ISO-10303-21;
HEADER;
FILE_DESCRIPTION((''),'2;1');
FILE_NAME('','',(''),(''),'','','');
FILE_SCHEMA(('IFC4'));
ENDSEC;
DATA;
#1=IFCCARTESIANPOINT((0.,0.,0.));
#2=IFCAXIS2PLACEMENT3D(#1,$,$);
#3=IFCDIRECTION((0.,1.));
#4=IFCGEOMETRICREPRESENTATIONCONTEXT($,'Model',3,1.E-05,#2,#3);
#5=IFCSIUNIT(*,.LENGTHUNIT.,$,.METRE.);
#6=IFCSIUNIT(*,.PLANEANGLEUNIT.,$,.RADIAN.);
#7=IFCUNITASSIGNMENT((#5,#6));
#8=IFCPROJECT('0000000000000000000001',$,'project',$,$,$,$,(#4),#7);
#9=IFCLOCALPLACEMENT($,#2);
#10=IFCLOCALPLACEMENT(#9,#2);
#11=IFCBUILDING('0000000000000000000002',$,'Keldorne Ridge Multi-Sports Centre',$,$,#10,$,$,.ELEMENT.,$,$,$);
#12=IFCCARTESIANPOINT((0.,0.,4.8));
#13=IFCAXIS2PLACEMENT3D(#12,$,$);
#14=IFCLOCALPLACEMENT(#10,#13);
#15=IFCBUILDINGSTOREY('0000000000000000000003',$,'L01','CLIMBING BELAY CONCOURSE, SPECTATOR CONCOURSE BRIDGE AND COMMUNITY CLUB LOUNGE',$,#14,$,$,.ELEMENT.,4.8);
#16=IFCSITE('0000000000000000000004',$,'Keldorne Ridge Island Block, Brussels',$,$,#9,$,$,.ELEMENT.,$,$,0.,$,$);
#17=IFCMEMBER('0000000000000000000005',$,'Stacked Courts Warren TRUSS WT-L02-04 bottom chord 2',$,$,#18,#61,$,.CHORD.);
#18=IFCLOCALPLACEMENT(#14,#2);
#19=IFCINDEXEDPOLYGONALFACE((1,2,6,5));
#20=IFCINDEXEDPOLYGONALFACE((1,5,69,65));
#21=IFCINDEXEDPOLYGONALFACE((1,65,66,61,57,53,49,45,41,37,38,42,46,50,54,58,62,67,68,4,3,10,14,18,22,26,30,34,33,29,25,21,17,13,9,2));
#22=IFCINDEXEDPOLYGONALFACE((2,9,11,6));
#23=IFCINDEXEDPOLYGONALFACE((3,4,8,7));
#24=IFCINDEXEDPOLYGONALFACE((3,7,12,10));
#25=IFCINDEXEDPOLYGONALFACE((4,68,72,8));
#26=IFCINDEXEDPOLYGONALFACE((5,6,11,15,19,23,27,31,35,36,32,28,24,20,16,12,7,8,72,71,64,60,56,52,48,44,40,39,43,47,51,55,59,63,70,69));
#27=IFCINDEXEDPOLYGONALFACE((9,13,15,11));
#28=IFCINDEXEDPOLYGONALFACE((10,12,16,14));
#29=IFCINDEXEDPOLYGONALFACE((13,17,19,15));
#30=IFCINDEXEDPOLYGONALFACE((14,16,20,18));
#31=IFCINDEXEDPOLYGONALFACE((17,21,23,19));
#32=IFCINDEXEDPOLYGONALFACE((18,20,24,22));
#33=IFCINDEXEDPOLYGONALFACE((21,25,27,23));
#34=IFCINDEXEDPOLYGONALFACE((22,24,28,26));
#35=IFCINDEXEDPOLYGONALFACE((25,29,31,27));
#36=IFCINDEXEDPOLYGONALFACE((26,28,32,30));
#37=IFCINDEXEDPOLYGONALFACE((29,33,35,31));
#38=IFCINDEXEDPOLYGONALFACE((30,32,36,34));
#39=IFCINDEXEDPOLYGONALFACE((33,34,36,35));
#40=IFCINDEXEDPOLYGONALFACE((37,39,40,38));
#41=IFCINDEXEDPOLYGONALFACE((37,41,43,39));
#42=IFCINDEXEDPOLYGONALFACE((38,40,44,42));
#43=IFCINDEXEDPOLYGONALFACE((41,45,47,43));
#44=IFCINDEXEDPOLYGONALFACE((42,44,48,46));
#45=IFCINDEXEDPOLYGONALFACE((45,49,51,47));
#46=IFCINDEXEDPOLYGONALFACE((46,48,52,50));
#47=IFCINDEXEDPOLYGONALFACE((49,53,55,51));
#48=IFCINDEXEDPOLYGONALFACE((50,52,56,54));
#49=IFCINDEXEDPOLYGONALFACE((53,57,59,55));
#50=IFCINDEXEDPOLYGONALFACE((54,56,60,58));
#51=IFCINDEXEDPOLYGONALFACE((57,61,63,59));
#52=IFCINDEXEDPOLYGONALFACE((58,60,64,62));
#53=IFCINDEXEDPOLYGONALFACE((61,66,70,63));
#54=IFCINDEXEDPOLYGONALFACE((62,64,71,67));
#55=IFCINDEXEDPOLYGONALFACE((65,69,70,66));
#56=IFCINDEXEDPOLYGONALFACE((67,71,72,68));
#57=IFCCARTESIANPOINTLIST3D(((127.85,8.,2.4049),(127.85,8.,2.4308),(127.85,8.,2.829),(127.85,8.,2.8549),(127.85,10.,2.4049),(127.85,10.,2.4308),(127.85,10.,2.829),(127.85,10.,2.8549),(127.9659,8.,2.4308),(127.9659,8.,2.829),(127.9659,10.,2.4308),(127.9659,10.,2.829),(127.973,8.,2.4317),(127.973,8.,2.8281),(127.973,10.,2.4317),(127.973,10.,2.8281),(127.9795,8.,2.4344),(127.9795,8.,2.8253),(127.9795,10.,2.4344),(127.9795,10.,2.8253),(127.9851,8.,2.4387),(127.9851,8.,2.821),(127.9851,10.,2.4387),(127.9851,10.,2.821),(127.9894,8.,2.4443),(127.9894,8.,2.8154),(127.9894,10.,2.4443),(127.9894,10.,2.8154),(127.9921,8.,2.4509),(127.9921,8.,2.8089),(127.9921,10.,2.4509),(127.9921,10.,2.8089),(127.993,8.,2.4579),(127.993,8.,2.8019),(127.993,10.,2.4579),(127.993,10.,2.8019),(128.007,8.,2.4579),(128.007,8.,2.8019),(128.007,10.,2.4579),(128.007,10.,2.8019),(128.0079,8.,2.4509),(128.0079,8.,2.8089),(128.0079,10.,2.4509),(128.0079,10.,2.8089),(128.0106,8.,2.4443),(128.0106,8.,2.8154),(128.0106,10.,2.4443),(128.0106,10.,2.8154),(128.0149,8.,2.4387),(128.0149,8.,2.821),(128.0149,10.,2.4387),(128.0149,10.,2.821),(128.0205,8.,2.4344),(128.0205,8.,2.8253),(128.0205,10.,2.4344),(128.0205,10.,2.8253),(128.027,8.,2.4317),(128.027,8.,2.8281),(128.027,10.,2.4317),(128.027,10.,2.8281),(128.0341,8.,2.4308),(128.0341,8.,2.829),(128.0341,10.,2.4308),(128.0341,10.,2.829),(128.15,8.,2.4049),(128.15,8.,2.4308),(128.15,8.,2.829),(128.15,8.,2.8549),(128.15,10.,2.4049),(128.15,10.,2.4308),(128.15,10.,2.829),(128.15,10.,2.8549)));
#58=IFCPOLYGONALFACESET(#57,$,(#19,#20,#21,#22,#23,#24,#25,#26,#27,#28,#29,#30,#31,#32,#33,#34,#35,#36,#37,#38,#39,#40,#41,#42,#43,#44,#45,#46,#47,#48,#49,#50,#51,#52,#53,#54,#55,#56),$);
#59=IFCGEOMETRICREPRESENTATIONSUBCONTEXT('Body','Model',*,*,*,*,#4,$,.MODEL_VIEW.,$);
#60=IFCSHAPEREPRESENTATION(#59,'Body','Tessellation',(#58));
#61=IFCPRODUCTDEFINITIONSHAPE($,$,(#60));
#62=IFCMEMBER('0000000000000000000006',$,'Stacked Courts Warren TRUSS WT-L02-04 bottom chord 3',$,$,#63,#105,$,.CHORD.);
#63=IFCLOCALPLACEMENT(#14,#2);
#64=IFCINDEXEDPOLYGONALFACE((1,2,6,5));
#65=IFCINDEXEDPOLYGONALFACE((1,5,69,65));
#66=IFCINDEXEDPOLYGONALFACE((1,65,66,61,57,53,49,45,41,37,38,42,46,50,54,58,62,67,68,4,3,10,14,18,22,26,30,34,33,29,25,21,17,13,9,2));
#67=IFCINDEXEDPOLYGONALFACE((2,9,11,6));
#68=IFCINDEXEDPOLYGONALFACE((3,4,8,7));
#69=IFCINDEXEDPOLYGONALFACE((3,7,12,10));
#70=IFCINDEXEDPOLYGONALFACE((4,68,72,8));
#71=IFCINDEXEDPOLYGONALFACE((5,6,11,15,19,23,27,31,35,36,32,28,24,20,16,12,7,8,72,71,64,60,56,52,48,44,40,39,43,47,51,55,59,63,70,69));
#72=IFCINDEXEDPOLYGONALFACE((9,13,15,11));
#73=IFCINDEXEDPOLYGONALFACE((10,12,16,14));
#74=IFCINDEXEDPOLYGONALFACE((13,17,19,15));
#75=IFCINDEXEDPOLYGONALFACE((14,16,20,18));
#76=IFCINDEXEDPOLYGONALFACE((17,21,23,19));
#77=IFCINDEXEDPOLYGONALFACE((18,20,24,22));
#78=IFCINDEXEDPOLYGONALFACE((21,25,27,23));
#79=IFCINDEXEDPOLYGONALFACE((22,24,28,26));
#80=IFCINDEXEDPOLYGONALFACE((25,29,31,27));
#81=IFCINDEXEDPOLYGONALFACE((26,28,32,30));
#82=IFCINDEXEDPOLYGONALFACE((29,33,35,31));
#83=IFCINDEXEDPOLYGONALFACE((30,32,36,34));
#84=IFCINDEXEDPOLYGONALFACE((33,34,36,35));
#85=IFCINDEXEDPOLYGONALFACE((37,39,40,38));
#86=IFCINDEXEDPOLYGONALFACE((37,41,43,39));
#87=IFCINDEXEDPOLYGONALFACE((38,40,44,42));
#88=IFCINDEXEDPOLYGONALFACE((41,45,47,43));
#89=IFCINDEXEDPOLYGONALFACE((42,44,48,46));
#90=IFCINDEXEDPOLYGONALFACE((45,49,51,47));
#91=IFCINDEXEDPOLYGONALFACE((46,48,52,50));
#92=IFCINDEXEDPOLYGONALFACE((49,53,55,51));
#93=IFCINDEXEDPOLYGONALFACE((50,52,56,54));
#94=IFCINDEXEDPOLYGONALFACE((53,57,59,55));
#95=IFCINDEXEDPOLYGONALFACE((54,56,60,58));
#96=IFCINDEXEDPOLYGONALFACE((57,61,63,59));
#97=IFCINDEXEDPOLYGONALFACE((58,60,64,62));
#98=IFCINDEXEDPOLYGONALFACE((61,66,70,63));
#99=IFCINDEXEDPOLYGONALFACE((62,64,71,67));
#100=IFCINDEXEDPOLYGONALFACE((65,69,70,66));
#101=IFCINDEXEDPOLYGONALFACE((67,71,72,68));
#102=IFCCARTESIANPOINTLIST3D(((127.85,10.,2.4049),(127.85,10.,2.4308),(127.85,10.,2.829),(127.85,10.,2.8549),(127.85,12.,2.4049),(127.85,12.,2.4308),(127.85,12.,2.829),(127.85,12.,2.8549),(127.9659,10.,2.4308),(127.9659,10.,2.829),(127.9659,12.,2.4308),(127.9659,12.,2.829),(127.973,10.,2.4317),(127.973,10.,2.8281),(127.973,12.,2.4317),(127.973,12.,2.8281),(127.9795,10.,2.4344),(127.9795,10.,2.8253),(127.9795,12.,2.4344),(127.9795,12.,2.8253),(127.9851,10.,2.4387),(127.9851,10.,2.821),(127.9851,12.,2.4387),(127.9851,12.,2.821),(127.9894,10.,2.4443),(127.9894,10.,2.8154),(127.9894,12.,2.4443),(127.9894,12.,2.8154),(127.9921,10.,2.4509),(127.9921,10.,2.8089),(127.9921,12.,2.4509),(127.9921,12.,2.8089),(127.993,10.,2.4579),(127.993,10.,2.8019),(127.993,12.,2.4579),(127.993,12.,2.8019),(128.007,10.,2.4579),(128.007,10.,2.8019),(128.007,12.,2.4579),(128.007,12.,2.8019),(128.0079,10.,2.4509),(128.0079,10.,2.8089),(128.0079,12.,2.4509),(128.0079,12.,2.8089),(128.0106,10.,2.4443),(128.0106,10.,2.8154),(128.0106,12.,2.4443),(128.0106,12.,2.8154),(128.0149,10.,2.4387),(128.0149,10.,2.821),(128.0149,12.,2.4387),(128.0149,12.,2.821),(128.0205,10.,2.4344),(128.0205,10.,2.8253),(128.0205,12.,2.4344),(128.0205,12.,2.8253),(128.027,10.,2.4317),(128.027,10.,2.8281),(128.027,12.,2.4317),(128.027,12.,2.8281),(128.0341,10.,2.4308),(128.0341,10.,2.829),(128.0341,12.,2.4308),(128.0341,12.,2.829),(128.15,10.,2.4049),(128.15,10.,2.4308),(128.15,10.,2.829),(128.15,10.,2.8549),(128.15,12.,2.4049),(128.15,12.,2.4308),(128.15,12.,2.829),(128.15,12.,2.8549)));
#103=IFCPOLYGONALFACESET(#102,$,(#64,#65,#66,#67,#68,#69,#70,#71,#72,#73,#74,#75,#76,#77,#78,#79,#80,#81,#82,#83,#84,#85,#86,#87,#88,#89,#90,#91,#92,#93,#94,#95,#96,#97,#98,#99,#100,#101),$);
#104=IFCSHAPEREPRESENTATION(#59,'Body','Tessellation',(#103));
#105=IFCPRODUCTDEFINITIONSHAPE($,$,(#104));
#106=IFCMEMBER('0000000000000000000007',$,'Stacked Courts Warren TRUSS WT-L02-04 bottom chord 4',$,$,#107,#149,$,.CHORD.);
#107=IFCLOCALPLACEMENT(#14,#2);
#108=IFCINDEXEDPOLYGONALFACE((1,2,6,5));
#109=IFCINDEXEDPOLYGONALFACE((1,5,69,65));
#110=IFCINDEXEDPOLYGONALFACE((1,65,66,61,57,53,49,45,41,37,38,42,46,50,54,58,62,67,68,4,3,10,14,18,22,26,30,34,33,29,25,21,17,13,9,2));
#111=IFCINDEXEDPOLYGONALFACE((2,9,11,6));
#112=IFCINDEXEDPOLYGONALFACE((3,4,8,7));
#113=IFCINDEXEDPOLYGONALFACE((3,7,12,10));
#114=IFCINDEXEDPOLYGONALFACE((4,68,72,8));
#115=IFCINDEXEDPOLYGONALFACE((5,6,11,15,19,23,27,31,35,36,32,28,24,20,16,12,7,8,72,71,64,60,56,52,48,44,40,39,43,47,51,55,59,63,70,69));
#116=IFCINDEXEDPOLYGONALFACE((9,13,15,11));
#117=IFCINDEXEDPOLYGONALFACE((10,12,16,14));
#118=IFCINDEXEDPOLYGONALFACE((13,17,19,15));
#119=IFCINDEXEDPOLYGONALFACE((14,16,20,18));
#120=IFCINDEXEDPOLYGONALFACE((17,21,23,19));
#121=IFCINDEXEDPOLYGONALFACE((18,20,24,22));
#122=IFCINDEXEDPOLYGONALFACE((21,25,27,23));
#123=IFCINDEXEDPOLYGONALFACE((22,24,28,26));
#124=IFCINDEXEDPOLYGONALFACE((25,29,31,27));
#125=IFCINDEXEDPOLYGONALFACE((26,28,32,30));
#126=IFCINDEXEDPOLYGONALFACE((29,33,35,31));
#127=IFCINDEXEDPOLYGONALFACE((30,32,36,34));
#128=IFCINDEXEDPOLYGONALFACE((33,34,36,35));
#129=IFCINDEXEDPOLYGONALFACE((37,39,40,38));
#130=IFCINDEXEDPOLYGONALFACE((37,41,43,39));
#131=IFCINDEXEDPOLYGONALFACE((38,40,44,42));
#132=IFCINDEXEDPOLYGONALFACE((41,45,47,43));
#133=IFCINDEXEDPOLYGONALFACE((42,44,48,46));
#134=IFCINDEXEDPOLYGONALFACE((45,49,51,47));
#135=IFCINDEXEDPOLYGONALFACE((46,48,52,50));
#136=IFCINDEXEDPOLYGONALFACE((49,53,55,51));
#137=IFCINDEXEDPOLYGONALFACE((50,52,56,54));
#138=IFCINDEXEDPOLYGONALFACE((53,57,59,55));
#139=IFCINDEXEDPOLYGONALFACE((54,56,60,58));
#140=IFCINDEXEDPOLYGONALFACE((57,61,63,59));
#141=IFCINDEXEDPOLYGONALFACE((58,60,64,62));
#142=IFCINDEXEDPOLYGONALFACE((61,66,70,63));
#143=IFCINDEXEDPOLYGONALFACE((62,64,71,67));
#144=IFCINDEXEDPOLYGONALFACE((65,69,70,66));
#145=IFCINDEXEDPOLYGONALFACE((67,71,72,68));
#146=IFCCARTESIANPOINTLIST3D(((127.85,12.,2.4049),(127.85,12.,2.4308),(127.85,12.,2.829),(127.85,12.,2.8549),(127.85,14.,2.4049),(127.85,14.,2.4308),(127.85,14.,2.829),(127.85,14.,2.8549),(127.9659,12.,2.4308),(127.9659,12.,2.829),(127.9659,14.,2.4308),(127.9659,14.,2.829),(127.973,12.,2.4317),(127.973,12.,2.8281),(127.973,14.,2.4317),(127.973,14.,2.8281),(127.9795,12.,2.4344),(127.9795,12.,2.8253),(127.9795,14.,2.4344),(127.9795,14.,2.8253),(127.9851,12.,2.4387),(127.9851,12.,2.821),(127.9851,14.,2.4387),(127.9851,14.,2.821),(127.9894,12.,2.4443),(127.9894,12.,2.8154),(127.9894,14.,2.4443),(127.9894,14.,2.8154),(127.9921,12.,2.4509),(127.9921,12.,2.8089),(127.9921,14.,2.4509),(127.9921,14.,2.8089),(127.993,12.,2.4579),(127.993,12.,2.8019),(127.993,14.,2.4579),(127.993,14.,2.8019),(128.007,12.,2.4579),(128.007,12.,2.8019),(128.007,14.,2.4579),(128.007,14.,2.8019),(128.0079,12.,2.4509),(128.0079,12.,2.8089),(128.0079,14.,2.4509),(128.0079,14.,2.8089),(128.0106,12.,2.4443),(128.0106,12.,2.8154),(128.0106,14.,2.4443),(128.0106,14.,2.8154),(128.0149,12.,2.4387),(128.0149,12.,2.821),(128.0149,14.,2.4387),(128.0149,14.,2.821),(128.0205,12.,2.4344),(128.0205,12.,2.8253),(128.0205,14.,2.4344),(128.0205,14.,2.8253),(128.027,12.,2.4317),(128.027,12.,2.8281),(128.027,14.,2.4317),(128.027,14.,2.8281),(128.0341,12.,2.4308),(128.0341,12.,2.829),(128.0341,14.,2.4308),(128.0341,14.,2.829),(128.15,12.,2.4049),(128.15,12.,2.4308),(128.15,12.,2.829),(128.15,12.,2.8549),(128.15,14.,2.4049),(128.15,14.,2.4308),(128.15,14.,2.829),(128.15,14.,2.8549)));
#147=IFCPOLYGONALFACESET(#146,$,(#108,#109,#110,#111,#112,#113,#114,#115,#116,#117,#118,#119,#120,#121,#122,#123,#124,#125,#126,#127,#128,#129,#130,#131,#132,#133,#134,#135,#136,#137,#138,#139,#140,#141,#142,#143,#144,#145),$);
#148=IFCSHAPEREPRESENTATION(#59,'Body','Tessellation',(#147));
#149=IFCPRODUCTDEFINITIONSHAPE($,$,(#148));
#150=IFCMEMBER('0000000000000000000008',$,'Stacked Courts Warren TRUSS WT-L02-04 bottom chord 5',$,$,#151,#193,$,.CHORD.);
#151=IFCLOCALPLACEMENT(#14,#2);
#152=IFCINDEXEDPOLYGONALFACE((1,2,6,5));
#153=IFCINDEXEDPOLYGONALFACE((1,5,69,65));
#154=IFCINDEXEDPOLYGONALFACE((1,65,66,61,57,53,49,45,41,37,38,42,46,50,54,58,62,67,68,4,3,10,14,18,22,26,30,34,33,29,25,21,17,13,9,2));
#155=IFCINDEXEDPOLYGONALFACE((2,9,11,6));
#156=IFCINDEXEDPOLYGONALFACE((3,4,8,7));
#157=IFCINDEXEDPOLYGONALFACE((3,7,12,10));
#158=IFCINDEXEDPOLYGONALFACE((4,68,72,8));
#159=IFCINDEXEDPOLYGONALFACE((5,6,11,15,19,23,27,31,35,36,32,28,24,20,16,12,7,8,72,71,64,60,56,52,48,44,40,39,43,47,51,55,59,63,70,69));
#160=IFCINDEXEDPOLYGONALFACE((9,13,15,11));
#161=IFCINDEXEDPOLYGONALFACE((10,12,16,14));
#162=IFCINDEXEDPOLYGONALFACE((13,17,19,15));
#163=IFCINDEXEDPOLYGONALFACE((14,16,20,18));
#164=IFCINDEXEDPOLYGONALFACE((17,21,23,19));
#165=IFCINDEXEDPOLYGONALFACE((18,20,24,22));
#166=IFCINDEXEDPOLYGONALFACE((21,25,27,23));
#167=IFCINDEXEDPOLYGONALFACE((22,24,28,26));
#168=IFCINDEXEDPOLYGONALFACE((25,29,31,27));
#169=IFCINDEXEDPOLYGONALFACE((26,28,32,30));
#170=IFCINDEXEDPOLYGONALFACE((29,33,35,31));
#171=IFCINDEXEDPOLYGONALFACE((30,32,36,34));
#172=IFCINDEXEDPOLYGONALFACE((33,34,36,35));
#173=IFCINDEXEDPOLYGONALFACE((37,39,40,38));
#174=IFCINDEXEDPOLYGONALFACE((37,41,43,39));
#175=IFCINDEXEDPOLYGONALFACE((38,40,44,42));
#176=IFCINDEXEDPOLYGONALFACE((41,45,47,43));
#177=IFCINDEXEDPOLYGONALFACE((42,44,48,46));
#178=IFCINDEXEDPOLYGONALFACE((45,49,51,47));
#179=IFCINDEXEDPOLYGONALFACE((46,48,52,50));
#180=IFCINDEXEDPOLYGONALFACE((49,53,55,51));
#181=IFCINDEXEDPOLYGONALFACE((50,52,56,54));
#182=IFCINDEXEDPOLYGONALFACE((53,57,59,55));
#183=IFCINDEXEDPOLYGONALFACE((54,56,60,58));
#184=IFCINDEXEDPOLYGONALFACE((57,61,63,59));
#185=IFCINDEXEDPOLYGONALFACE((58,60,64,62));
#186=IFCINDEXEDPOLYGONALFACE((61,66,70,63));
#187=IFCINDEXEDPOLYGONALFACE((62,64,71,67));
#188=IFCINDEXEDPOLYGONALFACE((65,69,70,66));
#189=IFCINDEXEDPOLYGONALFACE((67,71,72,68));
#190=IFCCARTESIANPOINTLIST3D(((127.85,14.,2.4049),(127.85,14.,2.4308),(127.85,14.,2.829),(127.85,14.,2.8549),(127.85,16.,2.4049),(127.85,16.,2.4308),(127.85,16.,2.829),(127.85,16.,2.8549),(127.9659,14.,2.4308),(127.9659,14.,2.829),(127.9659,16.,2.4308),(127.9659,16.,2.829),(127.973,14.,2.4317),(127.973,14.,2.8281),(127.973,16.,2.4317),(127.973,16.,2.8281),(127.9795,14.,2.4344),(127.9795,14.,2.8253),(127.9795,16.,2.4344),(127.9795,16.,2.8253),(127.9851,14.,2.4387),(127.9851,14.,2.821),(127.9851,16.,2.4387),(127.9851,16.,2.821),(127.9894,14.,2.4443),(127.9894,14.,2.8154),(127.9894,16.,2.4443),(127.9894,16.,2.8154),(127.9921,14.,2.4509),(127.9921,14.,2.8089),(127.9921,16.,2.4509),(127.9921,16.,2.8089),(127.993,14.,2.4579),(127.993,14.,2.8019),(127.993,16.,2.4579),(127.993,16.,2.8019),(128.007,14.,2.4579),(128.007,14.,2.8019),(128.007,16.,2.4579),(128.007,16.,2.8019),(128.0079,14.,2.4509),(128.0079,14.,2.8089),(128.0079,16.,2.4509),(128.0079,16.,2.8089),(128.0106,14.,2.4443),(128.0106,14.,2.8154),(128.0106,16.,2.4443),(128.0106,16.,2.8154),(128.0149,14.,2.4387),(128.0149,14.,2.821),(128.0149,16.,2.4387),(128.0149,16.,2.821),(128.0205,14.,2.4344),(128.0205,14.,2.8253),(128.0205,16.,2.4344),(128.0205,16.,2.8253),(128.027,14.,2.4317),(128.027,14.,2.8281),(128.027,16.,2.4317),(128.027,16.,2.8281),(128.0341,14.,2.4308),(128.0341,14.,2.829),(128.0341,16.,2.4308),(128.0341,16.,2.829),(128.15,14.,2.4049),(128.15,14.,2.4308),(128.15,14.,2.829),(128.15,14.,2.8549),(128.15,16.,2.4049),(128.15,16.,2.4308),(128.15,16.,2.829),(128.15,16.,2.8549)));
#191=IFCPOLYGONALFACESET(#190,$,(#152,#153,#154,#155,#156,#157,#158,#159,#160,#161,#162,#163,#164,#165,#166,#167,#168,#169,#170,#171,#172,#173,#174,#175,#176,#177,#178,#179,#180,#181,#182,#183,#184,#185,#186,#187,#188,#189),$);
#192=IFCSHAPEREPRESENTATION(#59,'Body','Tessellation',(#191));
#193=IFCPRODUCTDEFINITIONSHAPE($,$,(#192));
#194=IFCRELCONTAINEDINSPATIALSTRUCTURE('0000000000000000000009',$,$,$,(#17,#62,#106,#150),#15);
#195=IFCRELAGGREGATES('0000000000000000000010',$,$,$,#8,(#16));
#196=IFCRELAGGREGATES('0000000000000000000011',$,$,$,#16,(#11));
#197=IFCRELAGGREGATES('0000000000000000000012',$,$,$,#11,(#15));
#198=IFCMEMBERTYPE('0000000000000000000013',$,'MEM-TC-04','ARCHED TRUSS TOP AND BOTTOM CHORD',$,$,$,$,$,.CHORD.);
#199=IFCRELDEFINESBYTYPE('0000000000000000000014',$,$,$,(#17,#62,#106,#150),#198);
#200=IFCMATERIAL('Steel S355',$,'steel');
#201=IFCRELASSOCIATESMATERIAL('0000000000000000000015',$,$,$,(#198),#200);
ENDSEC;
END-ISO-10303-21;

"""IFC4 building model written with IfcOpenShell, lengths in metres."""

from ifc_helpers import new_model, si_unit, direction, frame, origin, origin_2d, place, context, subcontext, project, spatial, i_section, extrude, material, material_profile, profile_set, type_object, element, save


model = new_model("IFC4")

# Units and contexts
model_context = context("Model", 3, precision=1e-05, world=origin(), true_north=direction((0.0, 1.0)))
body_context = subcontext(model_context, "Body", "Model", "MODEL_VIEW")
ifc_project = project(units=[si_unit("LENGTHUNIT", "METRE"), si_unit("PLANEANGLEUNIT", "RADIAN")], contexts=[model_context])

# Site, building, storey
site_placement = place(None, origin())
site = spatial("IfcSite", under=ifc_project, at=site_placement, Name="Keldorne Ridge Island Block, Brussels", CompositionType="ELEMENT", RefElevation=0.0)
building_placement = place(site_placement, origin())
building = spatial("IfcBuilding", under=site, at=building_placement, Name="Keldorne Ridge Multi-Sports Centre", CompositionType="ELEMENT")
storey_placement = place(building_placement, frame((0.0, 0.0, 4.8)))
storey = spatial("IfcBuildingStorey", under=building, at=storey_placement, Name="L01", Description="CLIMBING BELAY CONCOURSE, SPECTATOR CONCOURSE BRIDGE AND COMMUNITY CLUB LOUNGE", CompositionType="ELEMENT", Elevation=4.8)

# Shared definitions
ifc_material_1 = material(Name="Steel S355", Category="steel")

# Members
ifc_material_profile_1 = material_profile(ifc_material_1, i_section(OverallWidth=0.3, OverallDepth=0.45, WebThickness=0.0139, FlangeThickness=0.0259, FilletRadius=0.0271, at=origin_2d()), Name="HEB 450")
ifc_profile_set_1 = profile_set([ifc_material_profile_1], Name="Steel S355")
member_type_1 = type_object("IfcMemberType", Name="MEM-TC-04", Description="ARCHED TRUSS TOP AND BOTTOM CHORD", PredefinedType="CHORD", material=ifc_profile_set_1)
for number, where, z_axis, x_axis, name in (
    (1, (128.0, 8.0, 2.6299), (0.0, 1.0, 0.0), (-1.0, 0.0, 0.0), "Stacked Courts Warren TRUSS WT-L02-04 bottom chord 2"),
    (2, (128.0, 10.0, 2.6299), (0.0, 1.0, 0.0), (-1.0, 0.0, 0.0), "Stacked Courts Warren TRUSS WT-L02-04 bottom chord 3"),
    (3, (128.0, 12.0, 2.6299), (0.0, 1.0, 0.0), (-1.0, 0.0, 0.0), "Stacked Courts Warren TRUSS WT-L02-04 bottom chord 4"),
    (4, (128.0, 14.0, 2.6299), (0.0, 1.0, 0.0), (-1.0, 0.0, 0.0), "Stacked Courts Warren TRUSS WT-L02-04 bottom chord 5"),
):
    element("IfcMember", number, at=place(storey_placement, frame(where, z_axis=z_axis, x_axis=x_axis)), inside=storey, type_object=member_type_1, Name=name, PredefinedType="CHORD", context=body_context, shape_type="SweptSolid", body=[
        extrude(i_section(OverallWidth=0.3, OverallDepth=0.45, WebThickness=0.0139, FlangeThickness=0.0259, FilletRadius=0.0271, at=origin_2d()), origin(), (0.0, 0.0, 1.0), 2.0),
    ])

save(model, "model.ifc")
